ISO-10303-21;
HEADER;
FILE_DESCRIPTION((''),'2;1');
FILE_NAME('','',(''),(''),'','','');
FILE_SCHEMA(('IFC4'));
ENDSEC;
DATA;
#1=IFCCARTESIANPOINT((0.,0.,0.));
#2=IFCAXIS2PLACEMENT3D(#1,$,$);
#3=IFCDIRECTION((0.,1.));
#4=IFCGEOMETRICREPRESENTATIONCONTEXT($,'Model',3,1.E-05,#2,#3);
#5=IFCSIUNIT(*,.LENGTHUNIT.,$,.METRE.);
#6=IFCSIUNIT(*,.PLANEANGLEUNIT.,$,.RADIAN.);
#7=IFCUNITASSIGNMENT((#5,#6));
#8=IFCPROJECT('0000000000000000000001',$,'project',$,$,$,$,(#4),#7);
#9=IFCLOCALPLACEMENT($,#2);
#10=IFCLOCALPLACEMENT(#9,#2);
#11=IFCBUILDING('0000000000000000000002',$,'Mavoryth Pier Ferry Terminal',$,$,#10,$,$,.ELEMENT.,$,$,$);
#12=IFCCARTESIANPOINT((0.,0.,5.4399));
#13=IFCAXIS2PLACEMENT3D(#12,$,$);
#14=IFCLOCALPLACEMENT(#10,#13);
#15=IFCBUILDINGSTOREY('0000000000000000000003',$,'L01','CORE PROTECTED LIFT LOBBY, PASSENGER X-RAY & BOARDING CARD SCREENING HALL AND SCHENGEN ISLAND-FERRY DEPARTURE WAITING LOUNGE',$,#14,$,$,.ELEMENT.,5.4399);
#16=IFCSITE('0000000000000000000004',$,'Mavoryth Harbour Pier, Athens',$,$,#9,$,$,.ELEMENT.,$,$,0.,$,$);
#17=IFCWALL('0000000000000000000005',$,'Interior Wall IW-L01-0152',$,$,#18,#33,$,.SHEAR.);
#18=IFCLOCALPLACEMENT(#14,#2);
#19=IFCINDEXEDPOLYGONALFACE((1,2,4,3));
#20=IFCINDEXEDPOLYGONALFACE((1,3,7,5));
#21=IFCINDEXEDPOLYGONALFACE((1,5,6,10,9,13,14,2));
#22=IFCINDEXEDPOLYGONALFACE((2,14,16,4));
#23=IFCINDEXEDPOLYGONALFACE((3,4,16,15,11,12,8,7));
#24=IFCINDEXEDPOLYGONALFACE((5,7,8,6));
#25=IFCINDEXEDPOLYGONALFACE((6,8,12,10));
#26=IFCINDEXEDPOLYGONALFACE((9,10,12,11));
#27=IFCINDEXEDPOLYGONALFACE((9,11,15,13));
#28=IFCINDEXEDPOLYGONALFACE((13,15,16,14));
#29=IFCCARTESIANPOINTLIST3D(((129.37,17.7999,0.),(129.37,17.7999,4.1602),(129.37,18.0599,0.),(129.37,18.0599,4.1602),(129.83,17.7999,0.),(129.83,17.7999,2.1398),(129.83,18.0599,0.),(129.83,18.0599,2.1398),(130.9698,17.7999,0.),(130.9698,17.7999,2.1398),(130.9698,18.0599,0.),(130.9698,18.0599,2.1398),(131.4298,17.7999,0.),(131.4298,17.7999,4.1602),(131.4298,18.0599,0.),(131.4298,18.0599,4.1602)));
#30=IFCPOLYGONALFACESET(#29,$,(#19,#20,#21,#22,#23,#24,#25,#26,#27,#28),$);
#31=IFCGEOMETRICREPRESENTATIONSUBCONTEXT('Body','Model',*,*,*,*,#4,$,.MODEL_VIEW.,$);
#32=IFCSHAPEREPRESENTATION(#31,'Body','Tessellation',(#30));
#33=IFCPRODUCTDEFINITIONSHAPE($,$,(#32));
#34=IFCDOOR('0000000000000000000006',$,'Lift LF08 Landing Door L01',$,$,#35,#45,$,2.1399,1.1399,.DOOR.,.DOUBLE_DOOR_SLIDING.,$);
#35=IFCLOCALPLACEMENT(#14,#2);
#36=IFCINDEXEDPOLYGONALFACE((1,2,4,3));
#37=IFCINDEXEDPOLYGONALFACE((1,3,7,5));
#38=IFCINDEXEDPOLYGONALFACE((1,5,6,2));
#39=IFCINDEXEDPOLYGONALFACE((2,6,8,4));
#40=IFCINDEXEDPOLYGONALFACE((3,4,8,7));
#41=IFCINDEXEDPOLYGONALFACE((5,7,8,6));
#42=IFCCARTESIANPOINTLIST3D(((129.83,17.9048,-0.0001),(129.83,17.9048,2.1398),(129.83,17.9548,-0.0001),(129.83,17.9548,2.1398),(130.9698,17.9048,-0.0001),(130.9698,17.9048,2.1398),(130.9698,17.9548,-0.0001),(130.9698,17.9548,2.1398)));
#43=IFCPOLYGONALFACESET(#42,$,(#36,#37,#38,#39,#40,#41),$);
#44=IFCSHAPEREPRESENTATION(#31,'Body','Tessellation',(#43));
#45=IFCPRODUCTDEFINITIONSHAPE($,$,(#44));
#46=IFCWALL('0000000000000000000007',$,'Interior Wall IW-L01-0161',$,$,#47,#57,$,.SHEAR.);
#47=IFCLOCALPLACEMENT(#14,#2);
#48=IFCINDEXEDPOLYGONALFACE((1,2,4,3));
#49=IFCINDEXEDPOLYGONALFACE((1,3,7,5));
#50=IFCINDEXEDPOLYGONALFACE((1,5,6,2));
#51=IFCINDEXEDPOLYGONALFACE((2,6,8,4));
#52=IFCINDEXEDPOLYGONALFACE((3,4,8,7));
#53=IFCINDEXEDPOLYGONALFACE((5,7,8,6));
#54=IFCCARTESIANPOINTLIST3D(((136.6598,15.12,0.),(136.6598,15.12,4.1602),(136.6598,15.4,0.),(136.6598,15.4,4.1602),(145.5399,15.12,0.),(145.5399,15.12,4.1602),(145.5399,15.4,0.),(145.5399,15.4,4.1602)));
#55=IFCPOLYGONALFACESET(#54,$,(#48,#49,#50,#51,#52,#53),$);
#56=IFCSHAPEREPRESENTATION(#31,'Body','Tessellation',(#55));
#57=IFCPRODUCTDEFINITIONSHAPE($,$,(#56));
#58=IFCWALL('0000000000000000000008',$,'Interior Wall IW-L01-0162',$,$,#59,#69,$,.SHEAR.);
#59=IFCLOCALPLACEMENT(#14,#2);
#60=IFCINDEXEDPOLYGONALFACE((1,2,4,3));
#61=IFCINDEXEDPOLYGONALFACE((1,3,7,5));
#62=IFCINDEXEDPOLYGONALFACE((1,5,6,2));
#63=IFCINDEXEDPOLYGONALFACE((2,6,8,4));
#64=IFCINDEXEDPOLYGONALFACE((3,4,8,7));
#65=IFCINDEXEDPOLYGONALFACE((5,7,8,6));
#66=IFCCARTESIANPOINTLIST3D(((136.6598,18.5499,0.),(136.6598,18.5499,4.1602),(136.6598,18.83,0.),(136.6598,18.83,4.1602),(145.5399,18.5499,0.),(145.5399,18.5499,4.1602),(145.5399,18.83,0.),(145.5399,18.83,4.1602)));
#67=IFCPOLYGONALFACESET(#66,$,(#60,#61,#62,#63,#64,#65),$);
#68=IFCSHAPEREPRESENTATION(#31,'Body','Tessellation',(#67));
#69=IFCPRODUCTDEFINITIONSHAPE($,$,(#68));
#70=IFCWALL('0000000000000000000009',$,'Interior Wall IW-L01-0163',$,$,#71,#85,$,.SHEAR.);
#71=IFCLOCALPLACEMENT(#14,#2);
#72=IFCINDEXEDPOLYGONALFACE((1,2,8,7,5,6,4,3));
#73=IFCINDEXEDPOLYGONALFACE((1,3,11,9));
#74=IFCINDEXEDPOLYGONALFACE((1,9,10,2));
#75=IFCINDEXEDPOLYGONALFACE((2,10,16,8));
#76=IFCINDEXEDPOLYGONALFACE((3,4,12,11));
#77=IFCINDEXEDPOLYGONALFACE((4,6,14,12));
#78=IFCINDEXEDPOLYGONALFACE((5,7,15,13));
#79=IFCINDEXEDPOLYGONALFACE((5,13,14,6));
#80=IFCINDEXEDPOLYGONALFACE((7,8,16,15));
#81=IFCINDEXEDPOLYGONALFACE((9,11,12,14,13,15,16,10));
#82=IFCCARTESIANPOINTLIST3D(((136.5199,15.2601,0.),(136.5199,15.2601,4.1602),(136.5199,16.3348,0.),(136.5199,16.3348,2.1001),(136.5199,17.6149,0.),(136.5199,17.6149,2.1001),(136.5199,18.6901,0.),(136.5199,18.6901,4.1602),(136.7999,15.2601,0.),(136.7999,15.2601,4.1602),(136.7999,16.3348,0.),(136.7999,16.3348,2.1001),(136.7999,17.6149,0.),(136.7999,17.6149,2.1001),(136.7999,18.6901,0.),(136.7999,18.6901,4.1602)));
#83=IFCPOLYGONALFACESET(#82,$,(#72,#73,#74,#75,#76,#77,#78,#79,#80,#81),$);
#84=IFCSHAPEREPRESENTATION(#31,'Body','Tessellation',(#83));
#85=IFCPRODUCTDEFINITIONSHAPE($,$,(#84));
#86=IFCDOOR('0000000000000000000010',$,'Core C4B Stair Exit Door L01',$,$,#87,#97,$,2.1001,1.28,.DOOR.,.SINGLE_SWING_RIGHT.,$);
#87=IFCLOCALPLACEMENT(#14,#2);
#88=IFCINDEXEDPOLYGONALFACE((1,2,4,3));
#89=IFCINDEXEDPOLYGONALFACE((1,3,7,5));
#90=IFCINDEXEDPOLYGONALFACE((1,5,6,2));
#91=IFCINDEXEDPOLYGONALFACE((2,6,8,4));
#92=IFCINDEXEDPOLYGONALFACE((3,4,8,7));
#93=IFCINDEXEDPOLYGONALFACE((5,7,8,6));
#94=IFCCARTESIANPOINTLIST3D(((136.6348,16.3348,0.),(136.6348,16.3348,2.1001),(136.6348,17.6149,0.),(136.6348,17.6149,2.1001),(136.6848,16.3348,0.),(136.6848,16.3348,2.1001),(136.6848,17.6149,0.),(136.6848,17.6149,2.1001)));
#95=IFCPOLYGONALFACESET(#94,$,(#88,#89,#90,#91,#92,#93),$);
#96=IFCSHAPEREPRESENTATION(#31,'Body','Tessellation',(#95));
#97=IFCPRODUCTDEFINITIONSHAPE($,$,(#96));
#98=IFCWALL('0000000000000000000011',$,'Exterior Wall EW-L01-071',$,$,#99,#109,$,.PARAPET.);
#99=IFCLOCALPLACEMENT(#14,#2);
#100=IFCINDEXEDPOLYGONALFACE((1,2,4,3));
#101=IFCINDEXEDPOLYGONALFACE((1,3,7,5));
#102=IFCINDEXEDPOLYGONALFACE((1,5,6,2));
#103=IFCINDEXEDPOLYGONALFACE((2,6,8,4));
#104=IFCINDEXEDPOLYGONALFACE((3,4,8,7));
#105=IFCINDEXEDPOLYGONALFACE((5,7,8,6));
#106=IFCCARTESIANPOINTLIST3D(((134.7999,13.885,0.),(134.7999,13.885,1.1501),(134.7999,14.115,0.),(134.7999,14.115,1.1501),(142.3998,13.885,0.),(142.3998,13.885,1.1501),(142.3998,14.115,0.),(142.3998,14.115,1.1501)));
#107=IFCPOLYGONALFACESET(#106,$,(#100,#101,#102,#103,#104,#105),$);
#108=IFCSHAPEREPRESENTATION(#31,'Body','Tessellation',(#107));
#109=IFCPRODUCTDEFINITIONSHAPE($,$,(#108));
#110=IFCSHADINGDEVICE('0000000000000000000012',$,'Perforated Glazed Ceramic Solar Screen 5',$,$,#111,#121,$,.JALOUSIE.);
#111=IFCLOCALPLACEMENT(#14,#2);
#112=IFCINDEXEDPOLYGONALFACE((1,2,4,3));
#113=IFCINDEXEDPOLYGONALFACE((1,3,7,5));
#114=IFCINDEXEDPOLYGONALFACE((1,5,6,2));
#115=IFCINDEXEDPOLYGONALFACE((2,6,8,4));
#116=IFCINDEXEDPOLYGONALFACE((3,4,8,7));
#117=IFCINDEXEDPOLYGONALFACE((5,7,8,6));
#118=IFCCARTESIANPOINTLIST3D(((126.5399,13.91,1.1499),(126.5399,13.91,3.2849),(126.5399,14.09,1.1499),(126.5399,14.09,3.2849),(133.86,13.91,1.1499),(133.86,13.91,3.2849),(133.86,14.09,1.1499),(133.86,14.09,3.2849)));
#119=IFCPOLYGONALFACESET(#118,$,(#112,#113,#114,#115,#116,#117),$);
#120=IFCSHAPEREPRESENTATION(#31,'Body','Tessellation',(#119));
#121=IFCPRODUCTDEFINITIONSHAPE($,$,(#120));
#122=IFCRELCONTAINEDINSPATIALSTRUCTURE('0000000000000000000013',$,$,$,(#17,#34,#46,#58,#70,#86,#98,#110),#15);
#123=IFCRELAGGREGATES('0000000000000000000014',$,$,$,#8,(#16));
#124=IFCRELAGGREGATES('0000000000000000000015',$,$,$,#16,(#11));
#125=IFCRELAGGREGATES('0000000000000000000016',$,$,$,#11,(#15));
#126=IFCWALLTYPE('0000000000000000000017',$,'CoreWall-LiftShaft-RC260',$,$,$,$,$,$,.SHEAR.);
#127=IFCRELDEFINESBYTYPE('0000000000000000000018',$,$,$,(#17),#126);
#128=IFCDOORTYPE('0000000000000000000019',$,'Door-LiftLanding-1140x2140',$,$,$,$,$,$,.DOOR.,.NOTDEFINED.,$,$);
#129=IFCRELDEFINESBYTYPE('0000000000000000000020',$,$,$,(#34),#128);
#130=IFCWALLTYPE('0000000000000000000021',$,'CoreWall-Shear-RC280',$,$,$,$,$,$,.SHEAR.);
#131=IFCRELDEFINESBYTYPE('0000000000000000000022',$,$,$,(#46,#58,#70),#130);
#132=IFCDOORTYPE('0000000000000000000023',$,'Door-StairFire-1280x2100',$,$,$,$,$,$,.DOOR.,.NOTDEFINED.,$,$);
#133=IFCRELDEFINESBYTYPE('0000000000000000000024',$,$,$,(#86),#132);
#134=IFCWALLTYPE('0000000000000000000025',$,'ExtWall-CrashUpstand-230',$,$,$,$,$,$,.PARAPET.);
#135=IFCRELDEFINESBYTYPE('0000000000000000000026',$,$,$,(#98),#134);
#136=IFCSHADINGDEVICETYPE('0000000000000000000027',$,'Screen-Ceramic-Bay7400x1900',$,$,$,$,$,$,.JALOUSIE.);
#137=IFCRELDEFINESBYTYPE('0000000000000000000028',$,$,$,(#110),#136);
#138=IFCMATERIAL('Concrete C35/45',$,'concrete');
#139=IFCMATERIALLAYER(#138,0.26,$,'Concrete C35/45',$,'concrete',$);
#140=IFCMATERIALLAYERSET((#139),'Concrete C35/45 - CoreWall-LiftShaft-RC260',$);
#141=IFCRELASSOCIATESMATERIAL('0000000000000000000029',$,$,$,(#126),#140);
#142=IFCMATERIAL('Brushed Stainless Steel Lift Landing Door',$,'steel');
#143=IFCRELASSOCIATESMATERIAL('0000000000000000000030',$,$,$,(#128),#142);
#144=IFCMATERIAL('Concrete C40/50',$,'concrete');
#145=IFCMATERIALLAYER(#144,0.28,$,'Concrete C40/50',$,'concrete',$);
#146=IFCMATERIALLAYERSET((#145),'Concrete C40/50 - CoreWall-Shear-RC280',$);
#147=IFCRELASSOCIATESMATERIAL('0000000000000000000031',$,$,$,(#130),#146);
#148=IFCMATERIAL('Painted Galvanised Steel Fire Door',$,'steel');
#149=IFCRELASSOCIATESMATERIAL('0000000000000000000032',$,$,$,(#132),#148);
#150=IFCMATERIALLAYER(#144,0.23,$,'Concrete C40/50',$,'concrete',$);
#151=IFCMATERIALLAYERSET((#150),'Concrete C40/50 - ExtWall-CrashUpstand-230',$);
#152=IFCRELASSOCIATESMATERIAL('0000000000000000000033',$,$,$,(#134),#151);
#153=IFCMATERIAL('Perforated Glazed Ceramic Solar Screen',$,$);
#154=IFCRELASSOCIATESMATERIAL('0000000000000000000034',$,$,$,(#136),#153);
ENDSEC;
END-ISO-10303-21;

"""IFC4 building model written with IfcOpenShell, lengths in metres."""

from ifc_helpers import new_model, si_unit, direction, frame, frame_2d, origin, origin_2d, place, context, subcontext, project, spatial, rectangle, extrude, material, layer, layer_set, type_object, element, fill, save


model = new_model("IFC4")

# Units and contexts
model_context = context("Model", 3, precision=1e-05, world=origin(), true_north=direction((0.0, 1.0)))
body_context = subcontext(model_context, "Body", "Model", "MODEL_VIEW")
ifc_project = project(units=[si_unit("LENGTHUNIT", "METRE"), si_unit("PLANEANGLEUNIT", "RADIAN")], contexts=[model_context])

# Site, building, storey
site_placement = place(None, origin())
site = spatial("IfcSite", under=ifc_project, at=site_placement, Name="Mavoryth Harbour Pier, Athens", CompositionType="ELEMENT", RefElevation=0.0)
building_placement = place(site_placement, origin())
building = spatial("IfcBuilding", under=site, at=building_placement, Name="Mavoryth Pier Ferry Terminal", CompositionType="ELEMENT")
storey_placement = place(building_placement, frame((0.0, 0.0, 5.4399)))
storey = spatial("IfcBuildingStorey", under=building, at=storey_placement, Name="L01", Description="CORE PROTECTED LIFT LOBBY, PASSENGER X-RAY & BOARDING CARD SCREENING HALL AND SCHENGEN ISLAND-FERRY DEPARTURE WAITING LOUNGE", CompositionType="ELEMENT", Elevation=5.4399)

# Shared definitions
ifc_material_1 = material(Name="Concrete C40/50", Category="concrete")

# Shared definitions
ifc_material_2 = material(Name="Concrete C35/45", Category="concrete")

# Shared definitions
ifc_layer_1 = layer(ifc_material_2, 0.26, Name="Concrete C35/45", Category="concrete")
ifc_layer_set_1 = layer_set([ifc_layer_1], Name="Concrete C35/45 - CoreWall-LiftShaft-RC260")
wall_type_1 = type_object("IfcWallType", Name="CoreWall-LiftShaft-RC260", PredefinedType="SHEAR", material=ifc_layer_set_1)

# Wall, opening, door
wall_1_placement = place(storey_placement, frame((129.3701, 17.9299, 0.0), z_axis=(0.0, 0.0, 1.0), x_axis=(1.0, 0.0, 0.0)))
wall_1 = element("IfcWall", 1, at=wall_1_placement, inside=storey, type_object=wall_type_1, Name="Interior Wall IW-L01-0152", PredefinedType="SHEAR", context=body_context, shape_type="SweptSolid", body=[
    extrude(rectangle(XDim=2.0598, YDim=0.26, at=frame_2d((1.0298, 0.0))), origin(), (0.0, 0.0, 1.0), 4.1602),
])
opening_1_placement = place(wall_1_placement, frame((0.46, 0.0, 0.0)))
opening_1 = element("IfcOpeningElement", 2, at=opening_1_placement, cuts=wall_1, PredefinedType="OPENING", context=body_context, shape_type="SweptSolid", body=[
    extrude(rectangle(XDim=1.1399, YDim=2.1399, at=frame_2d((0.5698, 1.0698))), frame((0.0, 0.1399, 0.0), z_axis=(0.0, -1.0, 0.0), x_axis=(1.0, 0.0, 0.0)), (0.0, 0.0, 1.0), 0.28),
])
ifc_material_3 = material(Name="Brushed Stainless Steel Lift Landing Door", Category="steel")
door_type_1 = type_object("IfcDoorType", Name="Door-LiftLanding-1140x2140", OperationType="NOTDEFINED", PredefinedType="DOOR", material=ifc_material_3)
door_1_placement = place(opening_1_placement, origin())
door_1 = element("IfcDoor", 3, at=door_1_placement, inside=storey, type_object=door_type_1, Name="Lift LF08 Landing Door L01", OperationType="DOUBLE_DOOR_SLIDING", OverallHeight=2.1399, OverallWidth=1.1399, PredefinedType="DOOR", context=body_context, shape_type="SweptSolid", body=[
    extrude(rectangle(XDim=1.1399, YDim=2.1399, at=frame_2d((0.5698, 1.0698))), frame((0.0, 0.0249, 0.0), z_axis=(0.0, -1.0, 0.0), x_axis=(1.0, 0.0, 0.0)), (0.0, 0.0, 1.0), 0.05),
])
fill(opening_1, door_1)

# Walls
ifc_layer_2 = layer(ifc_material_1, 0.28, Name="Concrete C40/50", Category="concrete")
ifc_layer_set_2 = layer_set([ifc_layer_2], Name="Concrete C40/50 - CoreWall-Shear-RC280")
wall_type_2 = type_object("IfcWallType", Name="CoreWall-Shear-RC280", PredefinedType="SHEAR", material=ifc_layer_set_2)
for number, where, z_axis, x_axis, name in (
    (4, (136.6599, 15.26, 0.0), (0.0, 0.0, 1.0), (1.0, 0.0, 0.0), "Interior Wall IW-L01-0161"),
    (5, (136.6599, 18.6899, 0.0), (0.0, 0.0, 1.0), (1.0, 0.0, 0.0), "Interior Wall IW-L01-0162"),
):
    element("IfcWall", number, at=place(storey_placement, frame(where, z_axis=z_axis, x_axis=x_axis)), inside=storey, type_object=wall_type_2, Name=name, PredefinedType="SHEAR", context=body_context, shape_type="SweptSolid", body=[
        extrude(rectangle(XDim=8.8801, YDim=0.28, at=frame_2d((4.4399, 0.0))), origin(), (0.0, 0.0, 1.0), 4.1602),
    ])

# Wall, opening, door
wall_2_placement = place(storey_placement, frame((136.6599, 18.6899, 0.0), z_axis=(0.0, 0.0, 1.0), x_axis=(0.0, -1.0, 0.0)))
wall_2 = element("IfcWall", 6, at=wall_2_placement, inside=storey, type_object=wall_type_2, Name="Interior Wall IW-L01-0163", PredefinedType="SHEAR", context=body_context, shape_type="SweptSolid", body=[
    extrude(rectangle(XDim=3.4299, YDim=0.28, at=frame_2d((1.7148, 0.0))), origin(), (0.0, 0.0, 1.0), 4.1602),
])
opening_2_placement = place(wall_2_placement, frame((1.075, 0.0, 0.0)))
opening_2 = element("IfcOpeningElement", 7, at=opening_2_placement, cuts=wall_2, PredefinedType="OPENING", context=body_context, shape_type="SweptSolid", body=[
    extrude(rectangle(XDim=1.28, YDim=2.1001, at=frame_2d((0.6401, 1.05))), frame((0.0, 0.1499, 0.0), z_axis=(0.0, -1.0, 0.0), x_axis=(1.0, 0.0, 0.0)), (0.0, 0.0, 1.0), 0.3),
])
ifc_material_4 = material(Name="Painted Galvanised Steel Fire Door", Category="steel")
door_type_2 = type_object("IfcDoorType", Name="Door-StairFire-1280x2100", OperationType="NOTDEFINED", PredefinedType="DOOR", material=ifc_material_4)
door_2_placement = place(opening_2_placement, origin())
door_2 = element("IfcDoor", 8, at=door_2_placement, inside=storey, type_object=door_type_2, Name="Core C4B Stair Exit Door L01", OperationType="SINGLE_SWING_RIGHT", OverallHeight=2.1001, OverallWidth=1.28, PredefinedType="DOOR", context=body_context, shape_type="SweptSolid", body=[
    extrude(rectangle(XDim=1.28, YDim=2.1001, at=frame_2d((0.6401, 1.05))), frame((0.0, 0.0249, 0.0), z_axis=(0.0, -1.0, 0.0), x_axis=(1.0, 0.0, 0.0)), (0.0, 0.0, 1.0), 0.05),
])
fill(opening_2, door_2)

# Wall
ifc_layer_3 = layer(ifc_material_1, 0.23, Name="Concrete C40/50", Category="concrete")
ifc_layer_set_3 = layer_set([ifc_layer_3], Name="Concrete C40/50 - ExtWall-CrashUpstand-230")
wall_type_3 = type_object("IfcWallType", Name="ExtWall-CrashUpstand-230", PredefinedType="PARAPET", material=ifc_layer_set_3)
wall_3_placement = place(storey_placement, frame((134.8, 14.0, 0.0), z_axis=(0.0, 0.0, 1.0), x_axis=(1.0, 0.0, 0.0)))
element("IfcWall", 9, at=wall_3_placement, inside=storey, type_object=wall_type_3, Name="Exterior Wall EW-L01-071", PredefinedType="PARAPET", context=body_context, shape_type="SweptSolid", body=[
    extrude(rectangle(XDim=7.5999, YDim=0.23, at=frame_2d((3.7998, 0.0))), origin(), (0.0, 0.0, 1.0), 1.1501),
])

# Shading device
ifc_material_5 = material(Name="Perforated Glazed Ceramic Solar Screen")
shading_device_type = type_object("IfcShadingDeviceType", Name="Screen-Ceramic-Bay7400x1900", PredefinedType="JALOUSIE", material=ifc_material_5)
shading_device_placement = place(storey_placement, frame((130.2, 14.0, 1.1499), z_axis=(0.0, 0.0, 1.0), x_axis=(1.0, 0.0, 0.0)))
element("IfcShadingDevice", 10, at=shading_device_placement, inside=storey, type_object=shading_device_type, Name="Perforated Glazed Ceramic Solar Screen 5", PredefinedType="JALOUSIE", context=body_context, shape_type="SweptSolid", body=[
    extrude(rectangle(XDim=7.3201, YDim=0.1799, at=origin_2d()), origin(), (0.0, 0.0, 1.0), 2.135),
])

save(model, "model.ifc")
